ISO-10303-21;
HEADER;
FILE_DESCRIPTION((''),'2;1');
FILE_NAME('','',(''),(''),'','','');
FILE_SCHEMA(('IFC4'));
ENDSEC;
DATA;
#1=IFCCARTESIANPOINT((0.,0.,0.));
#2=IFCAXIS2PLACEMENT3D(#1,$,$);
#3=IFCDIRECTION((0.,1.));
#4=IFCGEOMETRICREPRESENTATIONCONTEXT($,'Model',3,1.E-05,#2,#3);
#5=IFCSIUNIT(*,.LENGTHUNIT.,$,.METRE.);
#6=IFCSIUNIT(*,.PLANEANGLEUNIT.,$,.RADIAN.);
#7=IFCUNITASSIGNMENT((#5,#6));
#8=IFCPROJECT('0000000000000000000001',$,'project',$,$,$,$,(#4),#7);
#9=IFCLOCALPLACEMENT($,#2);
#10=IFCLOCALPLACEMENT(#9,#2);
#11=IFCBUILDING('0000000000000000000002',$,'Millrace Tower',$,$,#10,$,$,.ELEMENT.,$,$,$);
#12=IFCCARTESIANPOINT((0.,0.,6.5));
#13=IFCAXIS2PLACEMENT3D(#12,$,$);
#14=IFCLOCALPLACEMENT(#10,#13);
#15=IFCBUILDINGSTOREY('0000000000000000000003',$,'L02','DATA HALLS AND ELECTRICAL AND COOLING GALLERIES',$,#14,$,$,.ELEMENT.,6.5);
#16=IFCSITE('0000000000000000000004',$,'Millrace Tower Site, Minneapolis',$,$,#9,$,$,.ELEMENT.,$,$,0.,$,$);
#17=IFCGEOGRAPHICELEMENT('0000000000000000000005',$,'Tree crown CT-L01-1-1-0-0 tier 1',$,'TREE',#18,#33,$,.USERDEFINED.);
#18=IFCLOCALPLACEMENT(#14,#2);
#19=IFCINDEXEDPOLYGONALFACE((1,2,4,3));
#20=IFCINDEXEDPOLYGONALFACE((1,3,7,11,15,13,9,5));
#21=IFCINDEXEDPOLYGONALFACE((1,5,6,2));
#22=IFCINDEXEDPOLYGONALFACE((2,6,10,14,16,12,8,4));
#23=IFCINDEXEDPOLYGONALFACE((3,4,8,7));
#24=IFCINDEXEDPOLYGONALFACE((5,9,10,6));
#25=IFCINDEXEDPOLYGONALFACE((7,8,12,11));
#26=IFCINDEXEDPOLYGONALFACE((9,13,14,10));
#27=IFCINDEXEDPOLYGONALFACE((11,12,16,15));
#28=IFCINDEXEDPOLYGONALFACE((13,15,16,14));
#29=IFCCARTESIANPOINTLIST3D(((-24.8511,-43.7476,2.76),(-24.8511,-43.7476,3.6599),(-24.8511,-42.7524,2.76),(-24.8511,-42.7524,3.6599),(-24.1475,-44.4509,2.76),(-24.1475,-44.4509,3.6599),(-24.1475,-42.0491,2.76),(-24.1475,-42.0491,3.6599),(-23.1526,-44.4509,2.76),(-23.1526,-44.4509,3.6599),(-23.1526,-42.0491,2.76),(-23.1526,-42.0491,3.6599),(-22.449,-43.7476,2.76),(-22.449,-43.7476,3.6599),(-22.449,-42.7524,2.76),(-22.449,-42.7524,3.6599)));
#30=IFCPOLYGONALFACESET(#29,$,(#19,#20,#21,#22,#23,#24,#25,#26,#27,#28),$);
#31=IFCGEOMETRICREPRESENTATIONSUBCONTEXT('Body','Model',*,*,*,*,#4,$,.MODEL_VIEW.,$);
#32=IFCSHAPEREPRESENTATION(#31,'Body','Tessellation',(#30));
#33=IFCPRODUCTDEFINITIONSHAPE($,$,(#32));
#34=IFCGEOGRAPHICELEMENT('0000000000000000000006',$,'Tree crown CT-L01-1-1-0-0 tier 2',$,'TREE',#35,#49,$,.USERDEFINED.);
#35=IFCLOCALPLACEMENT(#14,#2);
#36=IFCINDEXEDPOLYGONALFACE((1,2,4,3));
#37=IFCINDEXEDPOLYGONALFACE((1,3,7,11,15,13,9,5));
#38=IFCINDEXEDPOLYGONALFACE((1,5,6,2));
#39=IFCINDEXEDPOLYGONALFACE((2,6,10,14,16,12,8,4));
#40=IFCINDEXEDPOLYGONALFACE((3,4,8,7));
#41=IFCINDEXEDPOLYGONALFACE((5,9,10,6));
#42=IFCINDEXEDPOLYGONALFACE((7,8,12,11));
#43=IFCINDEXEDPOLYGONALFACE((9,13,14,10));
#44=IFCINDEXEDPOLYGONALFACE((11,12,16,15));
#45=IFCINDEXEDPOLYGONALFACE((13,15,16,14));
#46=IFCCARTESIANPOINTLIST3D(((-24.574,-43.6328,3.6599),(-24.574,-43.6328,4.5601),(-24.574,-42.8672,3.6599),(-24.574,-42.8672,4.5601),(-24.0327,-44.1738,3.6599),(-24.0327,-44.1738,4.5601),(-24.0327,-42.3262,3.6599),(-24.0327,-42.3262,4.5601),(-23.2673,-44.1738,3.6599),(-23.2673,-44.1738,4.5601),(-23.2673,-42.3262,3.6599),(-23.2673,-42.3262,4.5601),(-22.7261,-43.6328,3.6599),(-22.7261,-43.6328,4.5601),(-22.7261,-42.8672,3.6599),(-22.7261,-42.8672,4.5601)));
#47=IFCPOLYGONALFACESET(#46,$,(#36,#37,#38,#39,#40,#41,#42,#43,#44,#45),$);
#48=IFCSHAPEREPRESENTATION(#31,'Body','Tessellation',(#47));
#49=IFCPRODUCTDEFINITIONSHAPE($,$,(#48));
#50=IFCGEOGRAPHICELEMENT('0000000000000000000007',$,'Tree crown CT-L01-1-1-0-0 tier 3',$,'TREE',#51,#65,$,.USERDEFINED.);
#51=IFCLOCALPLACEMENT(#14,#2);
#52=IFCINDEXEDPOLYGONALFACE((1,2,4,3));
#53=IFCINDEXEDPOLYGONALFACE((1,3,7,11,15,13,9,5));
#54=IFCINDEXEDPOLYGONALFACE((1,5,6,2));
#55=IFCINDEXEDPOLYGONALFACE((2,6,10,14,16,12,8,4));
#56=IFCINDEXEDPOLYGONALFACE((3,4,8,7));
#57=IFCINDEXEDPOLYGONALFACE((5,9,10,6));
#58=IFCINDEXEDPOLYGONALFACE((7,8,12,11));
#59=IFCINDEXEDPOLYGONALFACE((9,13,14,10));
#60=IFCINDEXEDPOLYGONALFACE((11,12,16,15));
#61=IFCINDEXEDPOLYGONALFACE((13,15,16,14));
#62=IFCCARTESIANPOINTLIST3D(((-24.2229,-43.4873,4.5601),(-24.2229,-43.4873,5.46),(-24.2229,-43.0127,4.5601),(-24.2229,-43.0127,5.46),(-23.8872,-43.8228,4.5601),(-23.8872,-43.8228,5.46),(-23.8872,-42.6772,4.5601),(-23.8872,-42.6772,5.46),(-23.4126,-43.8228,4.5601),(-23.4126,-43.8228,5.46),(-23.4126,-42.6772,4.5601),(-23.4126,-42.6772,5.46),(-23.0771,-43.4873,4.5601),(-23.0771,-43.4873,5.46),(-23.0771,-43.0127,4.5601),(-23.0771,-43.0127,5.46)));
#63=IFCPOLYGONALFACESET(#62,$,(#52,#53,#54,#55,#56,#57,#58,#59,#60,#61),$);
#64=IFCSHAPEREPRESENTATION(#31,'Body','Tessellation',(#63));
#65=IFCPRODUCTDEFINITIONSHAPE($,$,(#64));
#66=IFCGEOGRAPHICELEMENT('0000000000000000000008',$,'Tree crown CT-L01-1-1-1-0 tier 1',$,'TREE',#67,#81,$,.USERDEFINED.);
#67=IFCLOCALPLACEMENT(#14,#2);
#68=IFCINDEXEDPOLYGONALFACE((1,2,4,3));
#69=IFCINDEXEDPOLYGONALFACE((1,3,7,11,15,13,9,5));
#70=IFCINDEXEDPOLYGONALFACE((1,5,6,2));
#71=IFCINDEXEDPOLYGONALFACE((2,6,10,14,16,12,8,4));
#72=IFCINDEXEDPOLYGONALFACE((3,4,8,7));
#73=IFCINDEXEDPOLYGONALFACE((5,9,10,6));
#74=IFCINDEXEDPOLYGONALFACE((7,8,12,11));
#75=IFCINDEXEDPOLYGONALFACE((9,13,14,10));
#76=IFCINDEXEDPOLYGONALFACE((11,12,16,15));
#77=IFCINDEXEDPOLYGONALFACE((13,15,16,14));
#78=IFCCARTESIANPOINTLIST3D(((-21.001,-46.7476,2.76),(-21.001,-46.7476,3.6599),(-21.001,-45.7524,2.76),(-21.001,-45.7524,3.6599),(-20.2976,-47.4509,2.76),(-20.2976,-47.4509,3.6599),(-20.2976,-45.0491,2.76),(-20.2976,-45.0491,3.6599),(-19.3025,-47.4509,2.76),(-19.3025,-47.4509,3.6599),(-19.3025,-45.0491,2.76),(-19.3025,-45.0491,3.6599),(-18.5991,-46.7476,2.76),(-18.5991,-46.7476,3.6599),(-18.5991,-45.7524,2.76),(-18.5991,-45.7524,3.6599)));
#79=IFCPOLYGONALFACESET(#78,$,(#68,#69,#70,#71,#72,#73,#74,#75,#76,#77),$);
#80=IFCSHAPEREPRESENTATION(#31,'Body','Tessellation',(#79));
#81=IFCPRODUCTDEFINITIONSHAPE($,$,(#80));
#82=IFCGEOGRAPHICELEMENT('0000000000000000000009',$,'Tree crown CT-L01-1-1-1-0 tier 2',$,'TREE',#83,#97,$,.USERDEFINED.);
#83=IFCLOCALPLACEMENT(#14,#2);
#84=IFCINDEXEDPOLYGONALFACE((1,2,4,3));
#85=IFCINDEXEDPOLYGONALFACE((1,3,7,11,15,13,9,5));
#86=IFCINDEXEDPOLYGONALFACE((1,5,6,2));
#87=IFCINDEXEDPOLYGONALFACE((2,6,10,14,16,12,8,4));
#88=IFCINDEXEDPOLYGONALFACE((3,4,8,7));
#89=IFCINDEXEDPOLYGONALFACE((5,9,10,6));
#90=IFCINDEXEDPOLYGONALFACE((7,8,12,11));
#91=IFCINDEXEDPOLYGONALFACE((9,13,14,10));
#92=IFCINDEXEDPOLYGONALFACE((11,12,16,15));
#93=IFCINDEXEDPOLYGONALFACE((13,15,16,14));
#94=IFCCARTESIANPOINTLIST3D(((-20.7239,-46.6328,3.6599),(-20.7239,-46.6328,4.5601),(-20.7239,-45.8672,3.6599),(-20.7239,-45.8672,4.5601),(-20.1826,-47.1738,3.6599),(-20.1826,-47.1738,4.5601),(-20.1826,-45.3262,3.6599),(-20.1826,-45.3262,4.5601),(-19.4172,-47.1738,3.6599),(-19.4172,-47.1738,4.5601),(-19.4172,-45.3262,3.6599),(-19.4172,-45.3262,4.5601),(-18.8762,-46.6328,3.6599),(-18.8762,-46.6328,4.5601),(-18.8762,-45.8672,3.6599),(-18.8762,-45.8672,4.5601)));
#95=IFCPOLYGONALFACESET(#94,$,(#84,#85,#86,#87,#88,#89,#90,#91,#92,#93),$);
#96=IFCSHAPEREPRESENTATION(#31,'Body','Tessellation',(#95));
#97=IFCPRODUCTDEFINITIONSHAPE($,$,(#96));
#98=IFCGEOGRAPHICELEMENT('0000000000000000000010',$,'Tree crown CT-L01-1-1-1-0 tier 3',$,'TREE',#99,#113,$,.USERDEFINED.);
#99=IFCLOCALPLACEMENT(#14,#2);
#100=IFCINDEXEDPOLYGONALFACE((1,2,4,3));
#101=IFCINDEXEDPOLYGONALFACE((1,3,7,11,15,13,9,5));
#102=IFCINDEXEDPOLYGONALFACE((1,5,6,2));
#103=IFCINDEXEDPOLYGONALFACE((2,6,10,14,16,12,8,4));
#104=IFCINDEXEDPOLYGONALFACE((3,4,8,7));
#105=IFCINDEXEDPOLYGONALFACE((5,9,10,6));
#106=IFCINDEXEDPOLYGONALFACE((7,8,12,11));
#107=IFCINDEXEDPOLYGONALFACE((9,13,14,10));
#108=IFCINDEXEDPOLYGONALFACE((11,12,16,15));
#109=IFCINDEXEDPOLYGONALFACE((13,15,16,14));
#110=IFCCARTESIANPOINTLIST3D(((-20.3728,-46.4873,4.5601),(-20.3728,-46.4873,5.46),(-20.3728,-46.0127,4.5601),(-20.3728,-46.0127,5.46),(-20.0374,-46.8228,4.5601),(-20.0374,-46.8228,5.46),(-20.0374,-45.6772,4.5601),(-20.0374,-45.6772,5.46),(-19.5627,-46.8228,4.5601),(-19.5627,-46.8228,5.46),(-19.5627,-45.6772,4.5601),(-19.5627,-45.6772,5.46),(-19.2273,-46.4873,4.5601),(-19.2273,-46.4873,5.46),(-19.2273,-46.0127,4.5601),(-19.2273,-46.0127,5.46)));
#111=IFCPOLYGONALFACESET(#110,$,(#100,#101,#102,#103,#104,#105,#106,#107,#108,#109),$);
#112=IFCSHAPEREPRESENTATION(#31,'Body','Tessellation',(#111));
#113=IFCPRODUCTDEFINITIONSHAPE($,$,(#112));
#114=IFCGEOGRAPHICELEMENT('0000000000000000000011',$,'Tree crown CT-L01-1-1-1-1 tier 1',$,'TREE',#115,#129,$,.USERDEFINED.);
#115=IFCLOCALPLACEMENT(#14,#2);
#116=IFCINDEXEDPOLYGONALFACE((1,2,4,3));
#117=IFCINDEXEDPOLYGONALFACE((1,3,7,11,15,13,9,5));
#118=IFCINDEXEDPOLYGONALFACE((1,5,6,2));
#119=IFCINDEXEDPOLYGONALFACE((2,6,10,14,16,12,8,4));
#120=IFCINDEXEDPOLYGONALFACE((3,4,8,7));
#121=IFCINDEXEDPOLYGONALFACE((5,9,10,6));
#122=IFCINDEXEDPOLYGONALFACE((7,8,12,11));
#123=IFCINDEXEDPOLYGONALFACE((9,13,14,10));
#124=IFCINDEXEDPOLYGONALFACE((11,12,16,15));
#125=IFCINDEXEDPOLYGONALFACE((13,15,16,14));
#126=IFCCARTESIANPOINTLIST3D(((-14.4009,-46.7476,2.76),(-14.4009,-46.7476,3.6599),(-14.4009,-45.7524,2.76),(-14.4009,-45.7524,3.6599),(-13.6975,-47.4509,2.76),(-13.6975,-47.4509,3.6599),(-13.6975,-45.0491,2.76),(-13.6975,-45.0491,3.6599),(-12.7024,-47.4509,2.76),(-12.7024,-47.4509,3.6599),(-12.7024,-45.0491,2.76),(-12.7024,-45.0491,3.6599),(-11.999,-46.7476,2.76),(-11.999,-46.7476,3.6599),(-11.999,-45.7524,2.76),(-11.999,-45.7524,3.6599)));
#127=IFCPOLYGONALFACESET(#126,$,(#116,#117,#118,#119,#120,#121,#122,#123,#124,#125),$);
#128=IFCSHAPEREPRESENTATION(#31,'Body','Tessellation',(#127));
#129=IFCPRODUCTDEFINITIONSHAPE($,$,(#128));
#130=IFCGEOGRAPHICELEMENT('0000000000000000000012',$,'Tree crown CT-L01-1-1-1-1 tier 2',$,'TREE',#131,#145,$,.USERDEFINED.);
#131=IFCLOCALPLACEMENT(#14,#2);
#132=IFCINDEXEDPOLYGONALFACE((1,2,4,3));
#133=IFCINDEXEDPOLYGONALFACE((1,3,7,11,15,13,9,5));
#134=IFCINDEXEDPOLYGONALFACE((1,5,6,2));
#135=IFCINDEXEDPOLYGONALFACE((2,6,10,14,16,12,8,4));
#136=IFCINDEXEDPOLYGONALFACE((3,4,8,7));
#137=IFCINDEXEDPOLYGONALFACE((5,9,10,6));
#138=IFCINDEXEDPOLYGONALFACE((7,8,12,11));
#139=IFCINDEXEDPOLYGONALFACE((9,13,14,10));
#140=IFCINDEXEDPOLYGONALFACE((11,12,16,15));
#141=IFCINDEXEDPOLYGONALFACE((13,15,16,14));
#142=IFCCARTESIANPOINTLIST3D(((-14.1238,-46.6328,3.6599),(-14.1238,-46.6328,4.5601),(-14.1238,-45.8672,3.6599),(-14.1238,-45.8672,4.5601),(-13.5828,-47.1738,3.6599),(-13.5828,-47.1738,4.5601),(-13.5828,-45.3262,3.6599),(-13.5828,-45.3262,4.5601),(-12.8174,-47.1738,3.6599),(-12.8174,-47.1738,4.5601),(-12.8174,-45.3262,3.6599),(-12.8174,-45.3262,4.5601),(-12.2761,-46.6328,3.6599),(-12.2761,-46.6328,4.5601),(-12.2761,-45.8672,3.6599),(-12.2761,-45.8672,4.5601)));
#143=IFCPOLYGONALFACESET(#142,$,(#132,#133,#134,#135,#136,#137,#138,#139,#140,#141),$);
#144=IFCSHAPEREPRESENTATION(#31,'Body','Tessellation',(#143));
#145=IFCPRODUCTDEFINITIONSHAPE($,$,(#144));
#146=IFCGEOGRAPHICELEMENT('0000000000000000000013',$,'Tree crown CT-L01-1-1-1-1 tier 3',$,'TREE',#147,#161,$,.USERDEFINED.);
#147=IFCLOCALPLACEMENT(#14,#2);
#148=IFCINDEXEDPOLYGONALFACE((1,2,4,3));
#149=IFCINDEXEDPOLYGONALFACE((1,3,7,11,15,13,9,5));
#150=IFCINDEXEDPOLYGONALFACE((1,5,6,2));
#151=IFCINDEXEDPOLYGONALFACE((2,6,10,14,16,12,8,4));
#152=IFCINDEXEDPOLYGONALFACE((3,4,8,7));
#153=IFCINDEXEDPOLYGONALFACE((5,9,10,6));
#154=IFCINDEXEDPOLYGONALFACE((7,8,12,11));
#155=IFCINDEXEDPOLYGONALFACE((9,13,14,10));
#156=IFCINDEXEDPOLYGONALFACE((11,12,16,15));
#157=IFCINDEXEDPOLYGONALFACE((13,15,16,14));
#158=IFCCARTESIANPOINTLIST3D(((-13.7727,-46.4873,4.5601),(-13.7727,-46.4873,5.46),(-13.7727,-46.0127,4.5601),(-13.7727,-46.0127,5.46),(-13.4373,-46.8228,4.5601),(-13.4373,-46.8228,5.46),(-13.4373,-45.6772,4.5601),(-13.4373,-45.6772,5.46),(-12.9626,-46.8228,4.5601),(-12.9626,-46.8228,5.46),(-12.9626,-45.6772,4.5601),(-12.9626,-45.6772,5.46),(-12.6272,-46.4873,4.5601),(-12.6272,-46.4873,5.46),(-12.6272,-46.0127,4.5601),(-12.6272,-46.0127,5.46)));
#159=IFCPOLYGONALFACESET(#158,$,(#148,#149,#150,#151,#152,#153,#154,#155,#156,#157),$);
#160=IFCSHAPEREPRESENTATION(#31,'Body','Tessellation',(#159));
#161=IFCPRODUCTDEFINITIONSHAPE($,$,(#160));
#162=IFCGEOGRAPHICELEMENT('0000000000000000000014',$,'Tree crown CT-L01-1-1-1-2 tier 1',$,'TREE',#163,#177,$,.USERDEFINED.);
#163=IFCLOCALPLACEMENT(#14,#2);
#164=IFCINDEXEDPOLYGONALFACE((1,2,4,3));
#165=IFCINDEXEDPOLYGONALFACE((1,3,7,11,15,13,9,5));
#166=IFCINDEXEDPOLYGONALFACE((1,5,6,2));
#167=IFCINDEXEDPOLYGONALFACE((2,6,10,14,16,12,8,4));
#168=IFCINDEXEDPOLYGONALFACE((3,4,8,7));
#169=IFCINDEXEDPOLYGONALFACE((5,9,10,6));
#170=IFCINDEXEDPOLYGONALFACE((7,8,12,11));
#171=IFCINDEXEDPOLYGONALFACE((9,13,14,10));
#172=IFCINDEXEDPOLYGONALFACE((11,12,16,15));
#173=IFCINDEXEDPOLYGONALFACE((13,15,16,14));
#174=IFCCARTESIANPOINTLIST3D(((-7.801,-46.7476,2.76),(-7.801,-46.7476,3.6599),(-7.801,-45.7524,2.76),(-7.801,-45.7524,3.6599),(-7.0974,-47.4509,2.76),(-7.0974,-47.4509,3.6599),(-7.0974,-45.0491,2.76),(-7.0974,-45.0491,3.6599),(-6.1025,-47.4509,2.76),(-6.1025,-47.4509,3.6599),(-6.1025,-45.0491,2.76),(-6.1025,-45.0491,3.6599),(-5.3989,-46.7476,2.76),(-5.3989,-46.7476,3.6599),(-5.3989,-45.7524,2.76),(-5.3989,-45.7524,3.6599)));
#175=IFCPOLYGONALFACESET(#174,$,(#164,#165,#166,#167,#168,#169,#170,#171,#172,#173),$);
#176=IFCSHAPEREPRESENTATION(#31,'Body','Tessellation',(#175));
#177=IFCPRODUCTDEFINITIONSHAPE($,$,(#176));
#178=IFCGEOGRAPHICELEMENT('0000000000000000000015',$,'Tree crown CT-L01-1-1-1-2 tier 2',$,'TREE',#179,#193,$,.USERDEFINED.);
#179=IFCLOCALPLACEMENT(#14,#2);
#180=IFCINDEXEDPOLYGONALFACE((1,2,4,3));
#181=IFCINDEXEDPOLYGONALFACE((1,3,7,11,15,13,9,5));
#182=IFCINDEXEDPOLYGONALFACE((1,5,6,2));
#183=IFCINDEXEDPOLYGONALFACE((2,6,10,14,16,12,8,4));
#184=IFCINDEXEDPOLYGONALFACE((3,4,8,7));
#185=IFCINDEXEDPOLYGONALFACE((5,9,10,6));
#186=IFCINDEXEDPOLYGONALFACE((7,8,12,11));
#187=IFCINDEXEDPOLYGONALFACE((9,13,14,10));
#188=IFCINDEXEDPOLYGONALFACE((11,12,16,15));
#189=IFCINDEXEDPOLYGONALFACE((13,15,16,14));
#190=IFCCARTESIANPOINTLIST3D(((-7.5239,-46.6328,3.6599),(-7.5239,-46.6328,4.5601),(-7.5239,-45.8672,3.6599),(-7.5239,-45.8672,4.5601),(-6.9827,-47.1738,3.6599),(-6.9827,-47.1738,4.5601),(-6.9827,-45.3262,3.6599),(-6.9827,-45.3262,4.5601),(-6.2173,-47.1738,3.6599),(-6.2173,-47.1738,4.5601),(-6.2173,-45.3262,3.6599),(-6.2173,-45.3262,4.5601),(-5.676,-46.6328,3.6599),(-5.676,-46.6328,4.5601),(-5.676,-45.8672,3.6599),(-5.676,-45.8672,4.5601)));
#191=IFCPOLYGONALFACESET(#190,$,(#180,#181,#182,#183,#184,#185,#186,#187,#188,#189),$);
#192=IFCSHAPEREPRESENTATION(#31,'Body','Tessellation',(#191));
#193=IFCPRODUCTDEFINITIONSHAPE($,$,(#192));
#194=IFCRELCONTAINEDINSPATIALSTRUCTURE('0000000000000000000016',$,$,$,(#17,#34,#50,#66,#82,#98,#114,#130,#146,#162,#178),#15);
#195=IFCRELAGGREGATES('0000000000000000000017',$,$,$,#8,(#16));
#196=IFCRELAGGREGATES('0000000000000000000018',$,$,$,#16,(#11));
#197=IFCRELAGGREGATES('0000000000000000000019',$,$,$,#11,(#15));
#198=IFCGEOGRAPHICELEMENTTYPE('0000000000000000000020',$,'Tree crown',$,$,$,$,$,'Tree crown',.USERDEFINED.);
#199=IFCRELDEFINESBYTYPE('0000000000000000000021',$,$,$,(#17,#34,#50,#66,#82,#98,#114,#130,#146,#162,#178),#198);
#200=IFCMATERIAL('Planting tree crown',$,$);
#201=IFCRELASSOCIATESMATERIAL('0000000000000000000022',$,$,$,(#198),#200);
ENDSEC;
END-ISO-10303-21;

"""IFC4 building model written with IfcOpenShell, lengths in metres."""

from ifc_helpers import new_model, si_unit, direction, frame, origin, place, context, subcontext, project, spatial, polyline, outline, extrude, material, type_object, element, save


model = new_model("IFC4")

# Units and contexts
model_context = context("Model", 3, precision=1e-05, world=origin(), true_north=direction((0.0, 1.0)))
body_context = subcontext(model_context, "Body", "Model", "MODEL_VIEW")
ifc_project = project(units=[si_unit("LENGTHUNIT", "METRE"), si_unit("PLANEANGLEUNIT", "RADIAN")], contexts=[model_context])

# Site, building, storey
site_placement = place(None, origin())
site = spatial("IfcSite", under=ifc_project, at=site_placement, Name="Millrace Tower Site, Minneapolis", CompositionType="ELEMENT", RefElevation=0.0)
building_placement = place(site_placement, origin())
building = spatial("IfcBuilding", under=site, at=building_placement, Name="Millrace Tower", CompositionType="ELEMENT")
storey_placement = place(building_placement, frame((0.0, 0.0, 6.5)))
storey = spatial("IfcBuildingStorey", under=building, at=storey_placement, Name="L02", Description="DATA HALLS AND ELECTRICAL AND COOLING GALLERIES", CompositionType="ELEMENT", Elevation=6.5)

# Geographic elements
ifc_material = material(Name="Planting tree crown")
geographic_element_type = type_object("IfcGeographicElementType", Name="Tree crown", ElementType="Tree crown", PredefinedType="USERDEFINED", material=ifc_material)
placement_1 = place(storey_placement, frame((0.0, 0.0, 2.76)))
element("IfcGeographicElement", 1, at=placement_1, inside=storey, type_object=geographic_element_type, Name="Tree crown CT-L01-1-1-0-0 tier 1", ObjectType="TREE", PredefinedType="USERDEFINED", context=body_context, shape_type="SweptSolid", body=[
    extrude(outline(polyline([(-22.449, -42.7524), (-23.1526, -42.0491), (-24.1475, -42.0491), (-24.8511, -42.7524), (-24.8511, -43.7476), (-24.1475, -44.4509), (-23.1526, -44.4509), (-22.449, -43.7476), (-22.449, -42.7524)])), origin(), (0.0, 0.0, 1.0), 0.8999),
])
placement_2 = place(storey_placement, frame((0.0, 0.0, 3.6599)))
element("IfcGeographicElement", 2, at=placement_2, inside=storey, type_object=geographic_element_type, Name="Tree crown CT-L01-1-1-0-0 tier 2", ObjectType="TREE", PredefinedType="USERDEFINED", context=body_context, shape_type="SweptSolid", body=[
    extrude(outline(polyline([(-22.7261, -42.8672), (-23.2673, -42.3262), (-24.0327, -42.3262), (-24.574, -42.8672), (-24.574, -43.6328), (-24.0327, -44.1738), (-23.2673, -44.1738), (-22.7261, -43.6328), (-22.7261, -42.8672)])), origin(), (0.0, 0.0, 1.0), 0.9001),
])
placement_3 = place(storey_placement, frame((0.0, 0.0, 4.5601)))
element("IfcGeographicElement", 3, at=placement_3, inside=storey, type_object=geographic_element_type, Name="Tree crown CT-L01-1-1-0-0 tier 3", ObjectType="TREE", PredefinedType="USERDEFINED", context=body_context, shape_type="SweptSolid", body=[
    extrude(outline(polyline([(-23.0771, -43.0127), (-23.4126, -42.6772), (-23.8872, -42.6772), (-24.2229, -43.0127), (-24.2229, -43.4873), (-23.8872, -43.8228), (-23.4126, -43.8228), (-23.0771, -43.4873), (-23.0771, -43.0127)])), origin(), (0.0, 0.0, 1.0), 0.8999),
])
element("IfcGeographicElement", 4, at=placement_1, inside=storey, type_object=geographic_element_type, Name="Tree crown CT-L01-1-1-1-0 tier 1", ObjectType="TREE", PredefinedType="USERDEFINED", context=body_context, shape_type="SweptSolid", body=[
    extrude(outline(polyline([(-18.5991, -45.7524), (-19.3025, -45.0491), (-20.2976, -45.0491), (-21.001, -45.7524), (-21.001, -46.7476), (-20.2976, -47.4509), (-19.3025, -47.4509), (-18.5991, -46.7476), (-18.5991, -45.7524)])), origin(), (0.0, 0.0, 1.0), 0.8999),
])
element("IfcGeographicElement", 5, at=placement_2, inside=storey, type_object=geographic_element_type, Name="Tree crown CT-L01-1-1-1-0 tier 2", ObjectType="TREE", PredefinedType="USERDEFINED", context=body_context, shape_type="SweptSolid", body=[
    extrude(outline(polyline([(-18.8762, -45.8672), (-19.4172, -45.3262), (-20.1826, -45.3262), (-20.7239, -45.8672), (-20.7239, -46.6328), (-20.1826, -47.1738), (-19.4172, -47.1738), (-18.8762, -46.6328), (-18.8762, -45.8672)])), origin(), (0.0, 0.0, 1.0), 0.9001),
])
element("IfcGeographicElement", 6, at=placement_3, inside=storey, type_object=geographic_element_type, Name="Tree crown CT-L01-1-1-1-0 tier 3", ObjectType="TREE", PredefinedType="USERDEFINED", context=body_context, shape_type="SweptSolid", body=[
    extrude(outline(polyline([(-19.2273, -46.0127), (-19.5627, -45.6772), (-20.0374, -45.6772), (-20.3728, -46.0127), (-20.3728, -46.4873), (-20.0374, -46.8228), (-19.5627, -46.8228), (-19.2273, -46.4873), (-19.2273, -46.0127)])), origin(), (0.0, 0.0, 1.0), 0.8999),
])
element("IfcGeographicElement", 7, at=placement_1, inside=storey, type_object=geographic_element_type, Name="Tree crown CT-L01-1-1-1-1 tier 1", ObjectType="TREE", PredefinedType="USERDEFINED", context=body_context, shape_type="SweptSolid", body=[
    extrude(outline(polyline([(-11.999, -45.7524), (-12.7024, -45.0491), (-13.6975, -45.0491), (-14.4009, -45.7524), (-14.4009, -46.7476), (-13.6975, -47.4509), (-12.7024, -47.4509), (-11.999, -46.7476), (-11.999, -45.7524)])), origin(), (0.0, 0.0, 1.0), 0.8999),
])
element("IfcGeographicElement", 8, at=placement_2, inside=storey, type_object=geographic_element_type, Name="Tree crown CT-L01-1-1-1-1 tier 2", ObjectType="TREE", PredefinedType="USERDEFINED", context=body_context, shape_type="SweptSolid", body=[
    extrude(outline(polyline([(-12.2761, -45.8672), (-12.8174, -45.3262), (-13.5828, -45.3262), (-14.1238, -45.8672), (-14.1238, -46.6328), (-13.5828, -47.1738), (-12.8174, -47.1738), (-12.2761, -46.6328), (-12.2761, -45.8672)])), origin(), (0.0, 0.0, 1.0), 0.9001),
])
element("IfcGeographicElement", 9, at=placement_3, inside=storey, type_object=geographic_element_type, Name="Tree crown CT-L01-1-1-1-1 tier 3", ObjectType="TREE", PredefinedType="USERDEFINED", context=body_context, shape_type="SweptSolid", body=[
    extrude(outline(polyline([(-12.6272, -46.0127), (-12.9626, -45.6772), (-13.4373, -45.6772), (-13.7727, -46.0127), (-13.7727, -46.4873), (-13.4373, -46.8228), (-12.9626, -46.8228), (-12.6272, -46.4873), (-12.6272, -46.0127)])), origin(), (0.0, 0.0, 1.0), 0.8999),
])
element("IfcGeographicElement", 10, at=placement_1, inside=storey, type_object=geographic_element_type, Name="Tree crown CT-L01-1-1-1-2 tier 1", ObjectType="TREE", PredefinedType="USERDEFINED", context=body_context, shape_type="SweptSolid", body=[
    extrude(outline(polyline([(-5.3989, -45.7524), (-6.1025, -45.0491), (-7.0974, -45.0491), (-7.801, -45.7524), (-7.801, -46.7476), (-7.0974, -47.4509), (-6.1025, -47.4509), (-5.3989, -46.7476), (-5.3989, -45.7524)])), origin(), (0.0, 0.0, 1.0), 0.8999),
])
element("IfcGeographicElement", 11, at=placement_2, inside=storey, type_object=geographic_element_type, Name="Tree crown CT-L01-1-1-1-2 tier 2", ObjectType="TREE", PredefinedType="USERDEFINED", context=body_context, shape_type="SweptSolid", body=[
    extrude(outline(polyline([(-5.676, -45.8672), (-6.2173, -45.3262), (-6.9827, -45.3262), (-7.5239, -45.8672), (-7.5239, -46.6328), (-6.9827, -47.1738), (-6.2173, -47.1738), (-5.676, -46.6328), (-5.676, -45.8672)])), origin(), (0.0, 0.0, 1.0), 0.9001),
])

save(model, "model.ifc")
